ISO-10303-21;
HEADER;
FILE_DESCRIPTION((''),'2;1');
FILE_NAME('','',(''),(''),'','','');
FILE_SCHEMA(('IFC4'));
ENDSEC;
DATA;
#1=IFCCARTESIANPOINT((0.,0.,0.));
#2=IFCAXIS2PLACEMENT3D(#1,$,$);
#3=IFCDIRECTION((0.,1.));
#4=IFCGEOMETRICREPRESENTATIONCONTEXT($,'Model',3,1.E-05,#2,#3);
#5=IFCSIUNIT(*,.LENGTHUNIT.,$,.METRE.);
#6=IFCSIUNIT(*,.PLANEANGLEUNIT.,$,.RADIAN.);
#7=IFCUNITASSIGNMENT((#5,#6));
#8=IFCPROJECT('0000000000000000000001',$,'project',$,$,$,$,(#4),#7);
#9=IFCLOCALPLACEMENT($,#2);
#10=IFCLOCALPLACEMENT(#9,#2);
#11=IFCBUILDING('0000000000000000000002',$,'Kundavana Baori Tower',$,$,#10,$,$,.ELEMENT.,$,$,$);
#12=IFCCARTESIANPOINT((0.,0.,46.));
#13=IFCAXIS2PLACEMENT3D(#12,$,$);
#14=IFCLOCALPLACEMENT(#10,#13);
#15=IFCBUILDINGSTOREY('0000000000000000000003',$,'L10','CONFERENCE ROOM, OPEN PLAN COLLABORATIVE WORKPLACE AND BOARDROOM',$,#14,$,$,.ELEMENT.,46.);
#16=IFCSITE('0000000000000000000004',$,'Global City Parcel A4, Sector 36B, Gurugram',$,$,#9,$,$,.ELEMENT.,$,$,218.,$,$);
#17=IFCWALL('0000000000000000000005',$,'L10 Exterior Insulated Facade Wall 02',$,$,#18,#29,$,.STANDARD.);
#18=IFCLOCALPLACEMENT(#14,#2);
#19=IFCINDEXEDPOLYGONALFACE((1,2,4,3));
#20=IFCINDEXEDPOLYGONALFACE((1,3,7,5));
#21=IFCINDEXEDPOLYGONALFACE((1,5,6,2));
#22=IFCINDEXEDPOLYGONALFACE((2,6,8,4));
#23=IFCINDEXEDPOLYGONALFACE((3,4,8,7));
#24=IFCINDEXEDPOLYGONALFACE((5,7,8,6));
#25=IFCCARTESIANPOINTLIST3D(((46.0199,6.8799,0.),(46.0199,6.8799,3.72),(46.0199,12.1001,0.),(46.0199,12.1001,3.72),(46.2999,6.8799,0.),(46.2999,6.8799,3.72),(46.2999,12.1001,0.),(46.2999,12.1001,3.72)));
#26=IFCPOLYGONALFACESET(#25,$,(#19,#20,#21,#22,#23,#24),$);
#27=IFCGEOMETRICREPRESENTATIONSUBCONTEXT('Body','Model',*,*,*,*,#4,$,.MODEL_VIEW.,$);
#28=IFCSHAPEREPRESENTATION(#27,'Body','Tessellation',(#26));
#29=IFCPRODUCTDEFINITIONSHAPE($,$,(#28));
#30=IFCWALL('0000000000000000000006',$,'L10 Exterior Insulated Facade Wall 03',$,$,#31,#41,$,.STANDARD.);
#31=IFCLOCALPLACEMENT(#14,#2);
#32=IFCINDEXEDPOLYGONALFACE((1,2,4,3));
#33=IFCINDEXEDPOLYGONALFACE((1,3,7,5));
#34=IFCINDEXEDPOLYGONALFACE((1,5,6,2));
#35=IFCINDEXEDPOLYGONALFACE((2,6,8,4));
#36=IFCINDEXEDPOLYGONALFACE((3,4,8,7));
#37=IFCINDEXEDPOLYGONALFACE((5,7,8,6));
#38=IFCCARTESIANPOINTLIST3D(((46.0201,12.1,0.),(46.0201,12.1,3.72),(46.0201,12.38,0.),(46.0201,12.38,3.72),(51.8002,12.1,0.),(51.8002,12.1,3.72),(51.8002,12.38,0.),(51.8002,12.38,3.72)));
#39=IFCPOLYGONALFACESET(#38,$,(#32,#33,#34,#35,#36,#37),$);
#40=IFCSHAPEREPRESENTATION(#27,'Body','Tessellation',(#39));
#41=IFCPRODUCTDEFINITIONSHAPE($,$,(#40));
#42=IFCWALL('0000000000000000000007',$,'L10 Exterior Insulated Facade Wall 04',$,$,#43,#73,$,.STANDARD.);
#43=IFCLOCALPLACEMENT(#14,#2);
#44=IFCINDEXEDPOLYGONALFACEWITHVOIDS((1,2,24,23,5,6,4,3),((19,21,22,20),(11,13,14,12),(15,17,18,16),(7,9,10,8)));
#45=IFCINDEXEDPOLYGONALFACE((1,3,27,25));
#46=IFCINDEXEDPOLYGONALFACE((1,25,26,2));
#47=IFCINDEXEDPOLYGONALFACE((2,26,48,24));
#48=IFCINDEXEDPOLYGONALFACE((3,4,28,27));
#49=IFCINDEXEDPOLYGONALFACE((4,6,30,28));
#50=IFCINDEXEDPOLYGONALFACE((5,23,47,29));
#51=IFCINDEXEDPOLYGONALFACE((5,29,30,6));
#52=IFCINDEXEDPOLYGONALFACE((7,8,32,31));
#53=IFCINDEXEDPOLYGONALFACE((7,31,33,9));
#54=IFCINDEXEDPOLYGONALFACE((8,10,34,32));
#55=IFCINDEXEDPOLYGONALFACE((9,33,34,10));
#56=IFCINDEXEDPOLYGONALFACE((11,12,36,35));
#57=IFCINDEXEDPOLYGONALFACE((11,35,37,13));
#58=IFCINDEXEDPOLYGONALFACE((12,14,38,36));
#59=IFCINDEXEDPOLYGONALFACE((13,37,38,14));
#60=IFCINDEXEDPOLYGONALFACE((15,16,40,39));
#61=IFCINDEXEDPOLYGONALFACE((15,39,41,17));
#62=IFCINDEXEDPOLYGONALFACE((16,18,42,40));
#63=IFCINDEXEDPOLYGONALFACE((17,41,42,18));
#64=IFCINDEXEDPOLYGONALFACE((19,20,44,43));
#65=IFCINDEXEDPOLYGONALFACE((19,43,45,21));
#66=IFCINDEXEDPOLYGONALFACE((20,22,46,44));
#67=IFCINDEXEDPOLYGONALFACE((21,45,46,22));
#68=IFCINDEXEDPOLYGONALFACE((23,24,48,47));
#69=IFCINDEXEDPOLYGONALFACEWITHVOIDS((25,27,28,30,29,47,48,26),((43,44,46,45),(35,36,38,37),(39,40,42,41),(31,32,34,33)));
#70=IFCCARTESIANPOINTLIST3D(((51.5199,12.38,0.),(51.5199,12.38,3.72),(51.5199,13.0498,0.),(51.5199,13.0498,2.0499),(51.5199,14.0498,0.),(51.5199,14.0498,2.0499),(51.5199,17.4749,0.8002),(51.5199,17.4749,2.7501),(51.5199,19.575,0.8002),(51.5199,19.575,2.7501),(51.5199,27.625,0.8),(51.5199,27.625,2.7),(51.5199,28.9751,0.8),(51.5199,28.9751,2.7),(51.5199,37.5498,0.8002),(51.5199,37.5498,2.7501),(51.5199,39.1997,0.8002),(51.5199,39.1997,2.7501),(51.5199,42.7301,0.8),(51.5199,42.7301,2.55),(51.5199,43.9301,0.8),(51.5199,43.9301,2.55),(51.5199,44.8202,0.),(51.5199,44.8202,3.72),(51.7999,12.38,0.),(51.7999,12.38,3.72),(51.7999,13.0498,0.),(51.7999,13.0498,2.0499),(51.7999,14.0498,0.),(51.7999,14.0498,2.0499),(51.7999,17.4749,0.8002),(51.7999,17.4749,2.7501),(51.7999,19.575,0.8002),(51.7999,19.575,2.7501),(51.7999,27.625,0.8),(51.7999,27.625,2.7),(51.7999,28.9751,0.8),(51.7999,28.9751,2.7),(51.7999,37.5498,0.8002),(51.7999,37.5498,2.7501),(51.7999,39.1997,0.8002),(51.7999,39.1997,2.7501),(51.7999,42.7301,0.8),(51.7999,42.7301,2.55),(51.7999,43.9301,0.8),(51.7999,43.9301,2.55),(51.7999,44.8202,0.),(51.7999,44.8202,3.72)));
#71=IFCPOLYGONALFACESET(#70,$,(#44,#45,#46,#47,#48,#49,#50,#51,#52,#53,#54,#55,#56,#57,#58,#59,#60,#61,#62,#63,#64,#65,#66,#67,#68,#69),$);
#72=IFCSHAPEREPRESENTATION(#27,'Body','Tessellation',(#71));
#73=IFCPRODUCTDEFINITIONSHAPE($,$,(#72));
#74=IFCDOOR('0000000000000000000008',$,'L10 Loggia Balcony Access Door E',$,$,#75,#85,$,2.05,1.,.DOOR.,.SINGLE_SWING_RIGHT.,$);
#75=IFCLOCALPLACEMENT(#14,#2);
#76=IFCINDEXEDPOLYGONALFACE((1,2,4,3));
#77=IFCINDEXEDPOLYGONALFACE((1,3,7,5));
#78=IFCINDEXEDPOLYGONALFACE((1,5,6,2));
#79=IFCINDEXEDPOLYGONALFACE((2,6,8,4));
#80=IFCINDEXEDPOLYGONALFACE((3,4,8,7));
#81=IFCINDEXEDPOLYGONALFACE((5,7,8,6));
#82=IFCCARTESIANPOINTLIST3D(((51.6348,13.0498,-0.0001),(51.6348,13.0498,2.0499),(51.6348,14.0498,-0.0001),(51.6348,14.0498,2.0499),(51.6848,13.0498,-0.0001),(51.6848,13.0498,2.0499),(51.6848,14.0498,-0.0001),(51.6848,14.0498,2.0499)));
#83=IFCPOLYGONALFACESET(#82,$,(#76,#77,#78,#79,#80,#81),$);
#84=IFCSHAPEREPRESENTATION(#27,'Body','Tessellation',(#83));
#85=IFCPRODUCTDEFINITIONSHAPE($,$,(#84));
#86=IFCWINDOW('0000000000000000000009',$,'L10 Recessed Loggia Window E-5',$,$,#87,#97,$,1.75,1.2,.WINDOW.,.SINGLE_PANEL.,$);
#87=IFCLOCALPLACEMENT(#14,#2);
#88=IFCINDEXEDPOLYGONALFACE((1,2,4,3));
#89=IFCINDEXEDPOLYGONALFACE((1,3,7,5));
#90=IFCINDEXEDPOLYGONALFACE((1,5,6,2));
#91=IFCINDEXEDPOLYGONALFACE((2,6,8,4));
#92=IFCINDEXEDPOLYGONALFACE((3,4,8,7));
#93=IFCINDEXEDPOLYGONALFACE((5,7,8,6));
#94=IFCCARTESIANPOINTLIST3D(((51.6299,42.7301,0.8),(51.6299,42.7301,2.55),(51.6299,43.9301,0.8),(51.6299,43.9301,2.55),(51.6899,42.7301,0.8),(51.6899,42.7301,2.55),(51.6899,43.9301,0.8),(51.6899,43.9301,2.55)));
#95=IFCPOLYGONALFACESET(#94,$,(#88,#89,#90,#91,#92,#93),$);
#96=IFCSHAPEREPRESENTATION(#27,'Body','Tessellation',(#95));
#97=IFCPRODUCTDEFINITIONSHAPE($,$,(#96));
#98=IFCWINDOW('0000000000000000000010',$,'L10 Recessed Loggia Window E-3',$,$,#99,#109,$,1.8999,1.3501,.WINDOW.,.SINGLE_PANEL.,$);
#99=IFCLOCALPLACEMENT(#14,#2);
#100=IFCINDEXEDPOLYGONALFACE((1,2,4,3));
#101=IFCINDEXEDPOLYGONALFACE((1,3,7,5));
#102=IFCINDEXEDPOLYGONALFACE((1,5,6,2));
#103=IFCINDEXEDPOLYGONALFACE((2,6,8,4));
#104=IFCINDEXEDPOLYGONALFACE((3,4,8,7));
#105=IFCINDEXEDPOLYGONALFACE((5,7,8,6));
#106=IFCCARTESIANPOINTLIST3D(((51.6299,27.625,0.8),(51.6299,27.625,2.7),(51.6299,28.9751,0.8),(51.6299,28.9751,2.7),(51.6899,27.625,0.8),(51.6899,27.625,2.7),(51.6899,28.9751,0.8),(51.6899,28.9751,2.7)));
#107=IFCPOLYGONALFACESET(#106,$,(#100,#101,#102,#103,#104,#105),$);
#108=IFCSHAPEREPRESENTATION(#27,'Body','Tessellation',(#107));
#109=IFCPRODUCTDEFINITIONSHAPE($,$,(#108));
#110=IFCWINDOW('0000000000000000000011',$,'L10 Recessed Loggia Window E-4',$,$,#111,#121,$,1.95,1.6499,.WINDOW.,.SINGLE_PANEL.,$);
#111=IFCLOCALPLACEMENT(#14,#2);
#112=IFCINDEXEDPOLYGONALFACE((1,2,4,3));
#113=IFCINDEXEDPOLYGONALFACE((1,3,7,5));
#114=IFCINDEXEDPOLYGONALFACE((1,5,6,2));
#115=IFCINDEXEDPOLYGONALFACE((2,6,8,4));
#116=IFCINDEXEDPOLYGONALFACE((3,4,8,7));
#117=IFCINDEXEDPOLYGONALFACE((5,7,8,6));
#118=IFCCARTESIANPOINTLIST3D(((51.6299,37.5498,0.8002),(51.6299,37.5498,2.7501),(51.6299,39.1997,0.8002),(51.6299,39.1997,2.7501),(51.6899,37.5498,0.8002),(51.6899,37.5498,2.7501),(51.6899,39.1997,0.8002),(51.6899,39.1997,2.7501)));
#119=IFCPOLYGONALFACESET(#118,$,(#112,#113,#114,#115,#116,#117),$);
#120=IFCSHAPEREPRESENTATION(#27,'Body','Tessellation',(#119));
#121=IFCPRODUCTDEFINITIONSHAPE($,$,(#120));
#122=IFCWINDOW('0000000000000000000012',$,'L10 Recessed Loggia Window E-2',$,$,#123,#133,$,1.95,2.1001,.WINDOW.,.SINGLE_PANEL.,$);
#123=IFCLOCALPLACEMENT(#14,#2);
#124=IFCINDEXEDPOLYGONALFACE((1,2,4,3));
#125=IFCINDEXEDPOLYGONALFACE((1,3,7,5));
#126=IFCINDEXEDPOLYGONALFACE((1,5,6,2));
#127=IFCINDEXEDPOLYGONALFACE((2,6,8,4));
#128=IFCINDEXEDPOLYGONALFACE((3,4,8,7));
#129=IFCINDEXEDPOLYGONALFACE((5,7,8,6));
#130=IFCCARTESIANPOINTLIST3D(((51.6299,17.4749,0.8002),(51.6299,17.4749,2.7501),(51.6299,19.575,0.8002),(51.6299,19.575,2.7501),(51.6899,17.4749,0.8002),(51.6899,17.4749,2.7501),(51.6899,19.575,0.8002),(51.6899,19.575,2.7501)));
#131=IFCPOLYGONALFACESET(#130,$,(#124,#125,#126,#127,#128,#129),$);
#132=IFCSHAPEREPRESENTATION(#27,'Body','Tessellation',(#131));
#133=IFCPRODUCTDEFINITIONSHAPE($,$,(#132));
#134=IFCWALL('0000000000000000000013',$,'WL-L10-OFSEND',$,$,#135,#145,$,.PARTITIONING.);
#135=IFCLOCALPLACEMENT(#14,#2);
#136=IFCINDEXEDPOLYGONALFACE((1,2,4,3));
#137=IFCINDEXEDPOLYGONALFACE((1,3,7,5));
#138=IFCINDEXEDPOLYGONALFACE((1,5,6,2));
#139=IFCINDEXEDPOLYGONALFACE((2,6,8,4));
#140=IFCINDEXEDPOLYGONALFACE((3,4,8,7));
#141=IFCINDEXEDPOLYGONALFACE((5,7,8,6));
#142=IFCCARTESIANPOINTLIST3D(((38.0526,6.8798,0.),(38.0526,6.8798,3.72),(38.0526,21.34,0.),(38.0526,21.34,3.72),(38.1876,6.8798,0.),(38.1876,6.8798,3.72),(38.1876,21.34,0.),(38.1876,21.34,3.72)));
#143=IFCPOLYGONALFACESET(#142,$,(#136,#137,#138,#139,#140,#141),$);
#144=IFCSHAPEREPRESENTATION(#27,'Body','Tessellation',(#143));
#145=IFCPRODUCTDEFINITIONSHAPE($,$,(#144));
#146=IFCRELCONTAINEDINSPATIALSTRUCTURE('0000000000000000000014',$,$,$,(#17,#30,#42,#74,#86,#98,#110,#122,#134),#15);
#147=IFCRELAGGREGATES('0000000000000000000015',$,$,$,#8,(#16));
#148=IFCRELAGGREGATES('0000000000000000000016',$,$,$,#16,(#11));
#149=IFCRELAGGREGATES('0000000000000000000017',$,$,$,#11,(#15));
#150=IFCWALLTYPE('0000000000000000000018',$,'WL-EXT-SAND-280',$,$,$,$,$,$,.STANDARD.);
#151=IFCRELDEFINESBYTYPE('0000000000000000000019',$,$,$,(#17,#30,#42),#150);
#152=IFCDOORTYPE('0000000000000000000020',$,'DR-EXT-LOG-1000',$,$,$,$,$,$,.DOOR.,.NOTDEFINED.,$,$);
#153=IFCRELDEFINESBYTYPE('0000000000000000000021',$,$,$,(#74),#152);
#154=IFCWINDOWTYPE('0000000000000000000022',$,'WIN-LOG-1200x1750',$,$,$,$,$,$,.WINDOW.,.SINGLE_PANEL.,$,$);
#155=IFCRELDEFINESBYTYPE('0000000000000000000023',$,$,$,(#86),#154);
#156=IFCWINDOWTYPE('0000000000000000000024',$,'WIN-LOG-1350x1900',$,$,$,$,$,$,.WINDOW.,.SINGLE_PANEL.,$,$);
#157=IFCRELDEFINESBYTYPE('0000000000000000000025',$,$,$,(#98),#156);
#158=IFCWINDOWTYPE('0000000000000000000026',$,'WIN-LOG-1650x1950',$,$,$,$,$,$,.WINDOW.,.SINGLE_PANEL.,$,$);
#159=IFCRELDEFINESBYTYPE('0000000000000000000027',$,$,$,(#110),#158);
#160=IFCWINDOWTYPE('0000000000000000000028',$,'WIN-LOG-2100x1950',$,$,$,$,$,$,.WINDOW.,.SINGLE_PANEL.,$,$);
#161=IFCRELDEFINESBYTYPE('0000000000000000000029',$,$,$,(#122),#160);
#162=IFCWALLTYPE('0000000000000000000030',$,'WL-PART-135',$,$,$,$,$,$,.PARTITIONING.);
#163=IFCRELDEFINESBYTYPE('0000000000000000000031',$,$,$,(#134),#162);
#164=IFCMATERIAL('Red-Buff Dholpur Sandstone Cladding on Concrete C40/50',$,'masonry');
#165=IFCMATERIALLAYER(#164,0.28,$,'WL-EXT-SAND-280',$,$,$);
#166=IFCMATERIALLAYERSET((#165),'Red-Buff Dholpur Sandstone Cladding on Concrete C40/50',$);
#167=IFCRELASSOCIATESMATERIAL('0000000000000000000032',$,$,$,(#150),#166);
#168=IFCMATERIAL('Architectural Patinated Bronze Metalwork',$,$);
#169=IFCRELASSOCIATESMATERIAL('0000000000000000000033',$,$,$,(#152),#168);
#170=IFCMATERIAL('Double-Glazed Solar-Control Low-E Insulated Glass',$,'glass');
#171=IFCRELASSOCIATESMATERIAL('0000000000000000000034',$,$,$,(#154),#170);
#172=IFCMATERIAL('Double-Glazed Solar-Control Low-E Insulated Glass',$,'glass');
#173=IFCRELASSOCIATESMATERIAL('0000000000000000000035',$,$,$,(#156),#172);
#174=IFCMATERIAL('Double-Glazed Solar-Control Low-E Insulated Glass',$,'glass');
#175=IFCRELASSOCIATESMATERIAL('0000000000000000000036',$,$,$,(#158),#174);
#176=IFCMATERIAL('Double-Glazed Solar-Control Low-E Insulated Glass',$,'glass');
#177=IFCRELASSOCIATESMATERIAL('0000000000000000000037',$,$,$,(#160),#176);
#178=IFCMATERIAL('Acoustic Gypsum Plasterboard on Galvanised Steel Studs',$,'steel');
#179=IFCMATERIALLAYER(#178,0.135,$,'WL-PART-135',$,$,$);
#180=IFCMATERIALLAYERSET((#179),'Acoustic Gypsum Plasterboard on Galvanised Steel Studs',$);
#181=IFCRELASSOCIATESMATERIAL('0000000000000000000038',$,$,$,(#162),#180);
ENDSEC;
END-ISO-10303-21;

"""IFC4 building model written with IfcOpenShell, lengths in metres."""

from ifc_helpers import new_model, si_unit, direction, frame, frame_2d, origin, place, context, subcontext, project, spatial, rectangle, extrude, material, layer, layer_set, type_object, element, fill, save


model = new_model("IFC4")

# Units and contexts
model_context = context("Model", 3, precision=1e-05, world=origin(), true_north=direction((0.0, 1.0)))
body_context = subcontext(model_context, "Body", "Model", "MODEL_VIEW")
ifc_project = project(units=[si_unit("LENGTHUNIT", "METRE"), si_unit("PLANEANGLEUNIT", "RADIAN")], contexts=[model_context])

# Site, building, storey
site_placement = place(None, origin())
site = spatial("IfcSite", under=ifc_project, at=site_placement, Name="Global City Parcel A4, Sector 36B, Gurugram", CompositionType="ELEMENT", RefElevation=218.0)
building_placement = place(site_placement, origin())
building = spatial("IfcBuilding", under=site, at=building_placement, Name="Kundavana Baori Tower", CompositionType="ELEMENT")
storey_placement = place(building_placement, frame((0.0, 0.0, 46.0)))
storey = spatial("IfcBuildingStorey", under=building, at=storey_placement, Name="L10", Description="CONFERENCE ROOM, OPEN PLAN COLLABORATIVE WORKPLACE AND BOARDROOM", CompositionType="ELEMENT", Elevation=46.0)

# Walls
ifc_material_1 = material(Name="Red-Buff Dholpur Sandstone Cladding on Concrete C40/50", Category="masonry")
ifc_layer_1 = layer(ifc_material_1, 0.28, Name="WL-EXT-SAND-280")
ifc_layer_set_1 = layer_set([ifc_layer_1], Name="Red-Buff Dholpur Sandstone Cladding on Concrete C40/50")
wall_type_1 = type_object("IfcWallType", Name="WL-EXT-SAND-280", PredefinedType="STANDARD", material=ifc_layer_set_1)
wall_1_placement = place(storey_placement, frame((46.1599, 6.8799, 0.0), z_axis=(0.0, 0.0, 1.0), x_axis=(0.0, 1.0, 0.0)))
element("IfcWall", 1, at=wall_1_placement, inside=storey, type_object=wall_type_1, Name="L10 Exterior Insulated Facade Wall 02", PredefinedType="STANDARD", context=body_context, shape_type="SweptSolid", body=[
    extrude(rectangle(XDim=5.2202, YDim=0.28, at=frame_2d((2.6101, 0.0))), origin(), (0.0, 0.0, 1.0), 3.72),
])
wall_2_placement = place(storey_placement, frame((46.02, 12.24, 0.0), z_axis=(0.0, 0.0, 1.0), x_axis=(1.0, 0.0, 0.0)))
element("IfcWall", 2, at=wall_2_placement, inside=storey, type_object=wall_type_1, Name="L10 Exterior Insulated Facade Wall 03", PredefinedType="STANDARD", context=body_context, shape_type="SweptSolid", body=[
    extrude(rectangle(XDim=5.78, YDim=0.28, at=frame_2d((2.8901, 0.0))), origin(), (0.0, 0.0, 1.0), 3.72),
])

# Wall, openings, door, windows
wall_3_placement = place(storey_placement, frame((51.6599, 12.3799, 0.0), z_axis=(0.0, 0.0, 1.0), x_axis=(0.0, 1.0, 0.0)))
wall_3 = element("IfcWall", 3, at=wall_3_placement, inside=storey, type_object=wall_type_1, Name="L10 Exterior Insulated Facade Wall 04", PredefinedType="STANDARD", context=body_context, shape_type="SweptSolid", body=[
    extrude(rectangle(XDim=32.4402, YDim=0.28, at=frame_2d((16.2202, 0.0))), origin(), (0.0, 0.0, 1.0), 3.72),
])
opening_1_placement = place(wall_3_placement, frame((0.6699, 0.0, 0.0)))
opening_1 = element("IfcOpeningElement", 4, at=opening_1_placement, cuts=wall_3, PredefinedType="OPENING", context=body_context, shape_type="SweptSolid", body=[
    extrude(rectangle(XDim=1.0, YDim=2.05, at=frame_2d((0.5, 1.0249))), frame((0.0, 0.1499, 0.0), z_axis=(0.0, -1.0, 0.0), x_axis=(1.0, 0.0, 0.0)), (0.0, 0.0, 1.0), 0.3),
])
opening_2_placement = place(wall_3_placement, frame((5.095, 0.0, 0.8)))
opening_2 = element("IfcOpeningElement", 5, at=opening_2_placement, cuts=wall_3, PredefinedType="OPENING", context=body_context, shape_type="SweptSolid", body=[
    extrude(rectangle(XDim=2.1001, YDim=1.95, at=frame_2d((1.05, 0.9751))), frame((0.0, 0.1499, 0.0), z_axis=(0.0, -1.0, 0.0), x_axis=(1.0, 0.0, 0.0)), (0.0, 0.0, 1.0), 0.3),
])
opening_3_placement = place(wall_3_placement, frame((15.2451, 0.0, 0.8)))
opening_3 = element("IfcOpeningElement", 6, at=opening_3_placement, cuts=wall_3, PredefinedType="OPENING", context=body_context, shape_type="SweptSolid", body=[
    extrude(rectangle(XDim=1.3501, YDim=1.8999, at=frame_2d((0.675, 0.95))), frame((0.0, 0.1499, 0.0), z_axis=(0.0, -1.0, 0.0), x_axis=(1.0, 0.0, 0.0)), (0.0, 0.0, 1.0), 0.3),
])
opening_4_placement = place(wall_3_placement, frame((25.1699, 0.0, 0.8)))
opening_4 = element("IfcOpeningElement", 7, at=opening_4_placement, cuts=wall_3, PredefinedType="OPENING", context=body_context, shape_type="SweptSolid", body=[
    extrude(rectangle(XDim=1.6499, YDim=1.95, at=frame_2d((0.825, 0.9751))), frame((0.0, 0.1499, 0.0), z_axis=(0.0, -1.0, 0.0), x_axis=(1.0, 0.0, 0.0)), (0.0, 0.0, 1.0), 0.3),
])
opening_5_placement = place(wall_3_placement, frame((30.3501, 0.0, 0.8)))
opening_5 = element("IfcOpeningElement", 8, at=opening_5_placement, cuts=wall_3, PredefinedType="OPENING", context=body_context, shape_type="SweptSolid", body=[
    extrude(rectangle(XDim=1.2, YDim=1.75, at=frame_2d((0.6001, 0.875))), frame((0.0, 0.1499, 0.0), z_axis=(0.0, -1.0, 0.0), x_axis=(1.0, 0.0, 0.0)), (0.0, 0.0, 1.0), 0.3),
])
ifc_material_2 = material(Name="Architectural Patinated Bronze Metalwork")
door_type_1 = type_object("IfcDoorType", Name="DR-EXT-LOG-1000", OperationType="NOTDEFINED", PredefinedType="DOOR", material=ifc_material_2)
door_1_placement = place(opening_1_placement, frame((1.0, 0.0, 0.0), z_axis=(0.0, 0.0, 1.0), x_axis=(-1.0, 0.0, 0.0)))
door_1 = element("IfcDoor", 9, at=door_1_placement, inside=storey, type_object=door_type_1, Name="L10 Loggia Balcony Access Door E", OperationType="SINGLE_SWING_RIGHT", OverallHeight=2.05, OverallWidth=1.0, PredefinedType="DOOR", context=body_context, shape_type="SweptSolid", body=[
    extrude(rectangle(XDim=1.0, YDim=2.05, at=frame_2d((0.5, 1.0249))), frame((0.0, 0.0249, 0.0), z_axis=(0.0, -1.0, 0.0), x_axis=(1.0, 0.0, 0.0)), (0.0, 0.0, 1.0), 0.05),
])
fill(opening_1, door_1)
ifc_material_3 = material(Name="Double-Glazed Solar-Control Low-E Insulated Glass", Category="glass")
window_type_1 = type_object("IfcWindowType", Name="WIN-LOG-1200x1750", PartitioningType="SINGLE_PANEL", PredefinedType="WINDOW", material=ifc_material_3)
window_1_placement = place(opening_5_placement, origin())
window_1 = element("IfcWindow", 10, at=window_1_placement, inside=storey, type_object=window_type_1, Name="L10 Recessed Loggia Window E-5", OverallHeight=1.75, OverallWidth=1.2, PartitioningType="SINGLE_PANEL", PredefinedType="WINDOW", context=body_context, shape_type="SweptSolid", body=[
    extrude(rectangle(XDim=1.2, YDim=1.75, at=frame_2d((0.6001, 0.875))), frame((0.0, 0.03, 0.0), z_axis=(0.0, -1.0, 0.0), x_axis=(1.0, 0.0, 0.0)), (0.0, 0.0, 1.0), 0.0601),
])
fill(opening_5, window_1)
ifc_material_4 = material(Name="Double-Glazed Solar-Control Low-E Insulated Glass", Category="glass")
window_type_2 = type_object("IfcWindowType", Name="WIN-LOG-1350x1900", PartitioningType="SINGLE_PANEL", PredefinedType="WINDOW", material=ifc_material_4)
window_2_placement = place(opening_3_placement, origin())
window_2 = element("IfcWindow", 11, at=window_2_placement, inside=storey, type_object=window_type_2, Name="L10 Recessed Loggia Window E-3", OverallHeight=1.8999, OverallWidth=1.3501, PartitioningType="SINGLE_PANEL", PredefinedType="WINDOW", context=body_context, shape_type="SweptSolid", body=[
    extrude(rectangle(XDim=1.3501, YDim=1.8999, at=frame_2d((0.675, 0.95))), frame((0.0, 0.03, 0.0), z_axis=(0.0, -1.0, 0.0), x_axis=(1.0, 0.0, 0.0)), (0.0, 0.0, 1.0), 0.0601),
])
fill(opening_3, window_2)
ifc_material_5 = material(Name="Double-Glazed Solar-Control Low-E Insulated Glass", Category="glass")
window_type_3 = type_object("IfcWindowType", Name="WIN-LOG-1650x1950", PartitioningType="SINGLE_PANEL", PredefinedType="WINDOW", material=ifc_material_5)
window_3_placement = place(opening_4_placement, origin())
window_3 = element("IfcWindow", 12, at=window_3_placement, inside=storey, type_object=window_type_3, Name="L10 Recessed Loggia Window E-4", OverallHeight=1.95, OverallWidth=1.6499, PartitioningType="SINGLE_PANEL", PredefinedType="WINDOW", context=body_context, shape_type="SweptSolid", body=[
    extrude(rectangle(XDim=1.6499, YDim=1.95, at=frame_2d((0.825, 0.9751))), frame((0.0, 0.03, 0.0), z_axis=(0.0, -1.0, 0.0), x_axis=(1.0, 0.0, 0.0)), (0.0, 0.0, 1.0), 0.0601),
])
fill(opening_4, window_3)
ifc_material_6 = material(Name="Double-Glazed Solar-Control Low-E Insulated Glass", Category="glass")
window_type_4 = type_object("IfcWindowType", Name="WIN-LOG-2100x1950", PartitioningType="SINGLE_PANEL", PredefinedType="WINDOW", material=ifc_material_6)
window_4_placement = place(opening_2_placement, origin())
window_4 = element("IfcWindow", 13, at=window_4_placement, inside=storey, type_object=window_type_4, Name="L10 Recessed Loggia Window E-2", OverallHeight=1.95, OverallWidth=2.1001, PartitioningType="SINGLE_PANEL", PredefinedType="WINDOW", context=body_context, shape_type="SweptSolid", body=[
    extrude(rectangle(XDim=2.1001, YDim=1.95, at=frame_2d((1.05, 0.9751))), frame((0.0, 0.03, 0.0), z_axis=(0.0, -1.0, 0.0), x_axis=(1.0, 0.0, 0.0)), (0.0, 0.0, 1.0), 0.0601),
])
fill(opening_2, window_4)

# Wall
ifc_material_7 = material(Name="Acoustic Gypsum Plasterboard on Galvanised Steel Studs", Category="steel")
ifc_layer_2 = layer(ifc_material_7, 0.135, Name="WL-PART-135")
ifc_layer_set_2 = layer_set([ifc_layer_2], Name="Acoustic Gypsum Plasterboard on Galvanised Steel Studs")
wall_type_2 = type_object("IfcWallType", Name="WL-PART-135", PredefinedType="PARTITIONING", material=ifc_layer_set_2)
wall_4_placement = place(storey_placement, frame((38.1201, 6.8799, 0.0), z_axis=(0.0, 0.0, 1.0), x_axis=(0.0, 1.0, 0.0)))
element("IfcWall", 14, at=wall_4_placement, inside=storey, type_object=wall_type_2, Name="WL-L10-OFSEND", PredefinedType="PARTITIONING", context=body_context, shape_type="SweptSolid", body=[
    extrude(rectangle(XDim=14.4602, YDim=0.135, at=frame_2d((7.23, 0.0))), origin(), (0.0, 0.0, 1.0), 3.72),
])

save(model, "model.ifc")
